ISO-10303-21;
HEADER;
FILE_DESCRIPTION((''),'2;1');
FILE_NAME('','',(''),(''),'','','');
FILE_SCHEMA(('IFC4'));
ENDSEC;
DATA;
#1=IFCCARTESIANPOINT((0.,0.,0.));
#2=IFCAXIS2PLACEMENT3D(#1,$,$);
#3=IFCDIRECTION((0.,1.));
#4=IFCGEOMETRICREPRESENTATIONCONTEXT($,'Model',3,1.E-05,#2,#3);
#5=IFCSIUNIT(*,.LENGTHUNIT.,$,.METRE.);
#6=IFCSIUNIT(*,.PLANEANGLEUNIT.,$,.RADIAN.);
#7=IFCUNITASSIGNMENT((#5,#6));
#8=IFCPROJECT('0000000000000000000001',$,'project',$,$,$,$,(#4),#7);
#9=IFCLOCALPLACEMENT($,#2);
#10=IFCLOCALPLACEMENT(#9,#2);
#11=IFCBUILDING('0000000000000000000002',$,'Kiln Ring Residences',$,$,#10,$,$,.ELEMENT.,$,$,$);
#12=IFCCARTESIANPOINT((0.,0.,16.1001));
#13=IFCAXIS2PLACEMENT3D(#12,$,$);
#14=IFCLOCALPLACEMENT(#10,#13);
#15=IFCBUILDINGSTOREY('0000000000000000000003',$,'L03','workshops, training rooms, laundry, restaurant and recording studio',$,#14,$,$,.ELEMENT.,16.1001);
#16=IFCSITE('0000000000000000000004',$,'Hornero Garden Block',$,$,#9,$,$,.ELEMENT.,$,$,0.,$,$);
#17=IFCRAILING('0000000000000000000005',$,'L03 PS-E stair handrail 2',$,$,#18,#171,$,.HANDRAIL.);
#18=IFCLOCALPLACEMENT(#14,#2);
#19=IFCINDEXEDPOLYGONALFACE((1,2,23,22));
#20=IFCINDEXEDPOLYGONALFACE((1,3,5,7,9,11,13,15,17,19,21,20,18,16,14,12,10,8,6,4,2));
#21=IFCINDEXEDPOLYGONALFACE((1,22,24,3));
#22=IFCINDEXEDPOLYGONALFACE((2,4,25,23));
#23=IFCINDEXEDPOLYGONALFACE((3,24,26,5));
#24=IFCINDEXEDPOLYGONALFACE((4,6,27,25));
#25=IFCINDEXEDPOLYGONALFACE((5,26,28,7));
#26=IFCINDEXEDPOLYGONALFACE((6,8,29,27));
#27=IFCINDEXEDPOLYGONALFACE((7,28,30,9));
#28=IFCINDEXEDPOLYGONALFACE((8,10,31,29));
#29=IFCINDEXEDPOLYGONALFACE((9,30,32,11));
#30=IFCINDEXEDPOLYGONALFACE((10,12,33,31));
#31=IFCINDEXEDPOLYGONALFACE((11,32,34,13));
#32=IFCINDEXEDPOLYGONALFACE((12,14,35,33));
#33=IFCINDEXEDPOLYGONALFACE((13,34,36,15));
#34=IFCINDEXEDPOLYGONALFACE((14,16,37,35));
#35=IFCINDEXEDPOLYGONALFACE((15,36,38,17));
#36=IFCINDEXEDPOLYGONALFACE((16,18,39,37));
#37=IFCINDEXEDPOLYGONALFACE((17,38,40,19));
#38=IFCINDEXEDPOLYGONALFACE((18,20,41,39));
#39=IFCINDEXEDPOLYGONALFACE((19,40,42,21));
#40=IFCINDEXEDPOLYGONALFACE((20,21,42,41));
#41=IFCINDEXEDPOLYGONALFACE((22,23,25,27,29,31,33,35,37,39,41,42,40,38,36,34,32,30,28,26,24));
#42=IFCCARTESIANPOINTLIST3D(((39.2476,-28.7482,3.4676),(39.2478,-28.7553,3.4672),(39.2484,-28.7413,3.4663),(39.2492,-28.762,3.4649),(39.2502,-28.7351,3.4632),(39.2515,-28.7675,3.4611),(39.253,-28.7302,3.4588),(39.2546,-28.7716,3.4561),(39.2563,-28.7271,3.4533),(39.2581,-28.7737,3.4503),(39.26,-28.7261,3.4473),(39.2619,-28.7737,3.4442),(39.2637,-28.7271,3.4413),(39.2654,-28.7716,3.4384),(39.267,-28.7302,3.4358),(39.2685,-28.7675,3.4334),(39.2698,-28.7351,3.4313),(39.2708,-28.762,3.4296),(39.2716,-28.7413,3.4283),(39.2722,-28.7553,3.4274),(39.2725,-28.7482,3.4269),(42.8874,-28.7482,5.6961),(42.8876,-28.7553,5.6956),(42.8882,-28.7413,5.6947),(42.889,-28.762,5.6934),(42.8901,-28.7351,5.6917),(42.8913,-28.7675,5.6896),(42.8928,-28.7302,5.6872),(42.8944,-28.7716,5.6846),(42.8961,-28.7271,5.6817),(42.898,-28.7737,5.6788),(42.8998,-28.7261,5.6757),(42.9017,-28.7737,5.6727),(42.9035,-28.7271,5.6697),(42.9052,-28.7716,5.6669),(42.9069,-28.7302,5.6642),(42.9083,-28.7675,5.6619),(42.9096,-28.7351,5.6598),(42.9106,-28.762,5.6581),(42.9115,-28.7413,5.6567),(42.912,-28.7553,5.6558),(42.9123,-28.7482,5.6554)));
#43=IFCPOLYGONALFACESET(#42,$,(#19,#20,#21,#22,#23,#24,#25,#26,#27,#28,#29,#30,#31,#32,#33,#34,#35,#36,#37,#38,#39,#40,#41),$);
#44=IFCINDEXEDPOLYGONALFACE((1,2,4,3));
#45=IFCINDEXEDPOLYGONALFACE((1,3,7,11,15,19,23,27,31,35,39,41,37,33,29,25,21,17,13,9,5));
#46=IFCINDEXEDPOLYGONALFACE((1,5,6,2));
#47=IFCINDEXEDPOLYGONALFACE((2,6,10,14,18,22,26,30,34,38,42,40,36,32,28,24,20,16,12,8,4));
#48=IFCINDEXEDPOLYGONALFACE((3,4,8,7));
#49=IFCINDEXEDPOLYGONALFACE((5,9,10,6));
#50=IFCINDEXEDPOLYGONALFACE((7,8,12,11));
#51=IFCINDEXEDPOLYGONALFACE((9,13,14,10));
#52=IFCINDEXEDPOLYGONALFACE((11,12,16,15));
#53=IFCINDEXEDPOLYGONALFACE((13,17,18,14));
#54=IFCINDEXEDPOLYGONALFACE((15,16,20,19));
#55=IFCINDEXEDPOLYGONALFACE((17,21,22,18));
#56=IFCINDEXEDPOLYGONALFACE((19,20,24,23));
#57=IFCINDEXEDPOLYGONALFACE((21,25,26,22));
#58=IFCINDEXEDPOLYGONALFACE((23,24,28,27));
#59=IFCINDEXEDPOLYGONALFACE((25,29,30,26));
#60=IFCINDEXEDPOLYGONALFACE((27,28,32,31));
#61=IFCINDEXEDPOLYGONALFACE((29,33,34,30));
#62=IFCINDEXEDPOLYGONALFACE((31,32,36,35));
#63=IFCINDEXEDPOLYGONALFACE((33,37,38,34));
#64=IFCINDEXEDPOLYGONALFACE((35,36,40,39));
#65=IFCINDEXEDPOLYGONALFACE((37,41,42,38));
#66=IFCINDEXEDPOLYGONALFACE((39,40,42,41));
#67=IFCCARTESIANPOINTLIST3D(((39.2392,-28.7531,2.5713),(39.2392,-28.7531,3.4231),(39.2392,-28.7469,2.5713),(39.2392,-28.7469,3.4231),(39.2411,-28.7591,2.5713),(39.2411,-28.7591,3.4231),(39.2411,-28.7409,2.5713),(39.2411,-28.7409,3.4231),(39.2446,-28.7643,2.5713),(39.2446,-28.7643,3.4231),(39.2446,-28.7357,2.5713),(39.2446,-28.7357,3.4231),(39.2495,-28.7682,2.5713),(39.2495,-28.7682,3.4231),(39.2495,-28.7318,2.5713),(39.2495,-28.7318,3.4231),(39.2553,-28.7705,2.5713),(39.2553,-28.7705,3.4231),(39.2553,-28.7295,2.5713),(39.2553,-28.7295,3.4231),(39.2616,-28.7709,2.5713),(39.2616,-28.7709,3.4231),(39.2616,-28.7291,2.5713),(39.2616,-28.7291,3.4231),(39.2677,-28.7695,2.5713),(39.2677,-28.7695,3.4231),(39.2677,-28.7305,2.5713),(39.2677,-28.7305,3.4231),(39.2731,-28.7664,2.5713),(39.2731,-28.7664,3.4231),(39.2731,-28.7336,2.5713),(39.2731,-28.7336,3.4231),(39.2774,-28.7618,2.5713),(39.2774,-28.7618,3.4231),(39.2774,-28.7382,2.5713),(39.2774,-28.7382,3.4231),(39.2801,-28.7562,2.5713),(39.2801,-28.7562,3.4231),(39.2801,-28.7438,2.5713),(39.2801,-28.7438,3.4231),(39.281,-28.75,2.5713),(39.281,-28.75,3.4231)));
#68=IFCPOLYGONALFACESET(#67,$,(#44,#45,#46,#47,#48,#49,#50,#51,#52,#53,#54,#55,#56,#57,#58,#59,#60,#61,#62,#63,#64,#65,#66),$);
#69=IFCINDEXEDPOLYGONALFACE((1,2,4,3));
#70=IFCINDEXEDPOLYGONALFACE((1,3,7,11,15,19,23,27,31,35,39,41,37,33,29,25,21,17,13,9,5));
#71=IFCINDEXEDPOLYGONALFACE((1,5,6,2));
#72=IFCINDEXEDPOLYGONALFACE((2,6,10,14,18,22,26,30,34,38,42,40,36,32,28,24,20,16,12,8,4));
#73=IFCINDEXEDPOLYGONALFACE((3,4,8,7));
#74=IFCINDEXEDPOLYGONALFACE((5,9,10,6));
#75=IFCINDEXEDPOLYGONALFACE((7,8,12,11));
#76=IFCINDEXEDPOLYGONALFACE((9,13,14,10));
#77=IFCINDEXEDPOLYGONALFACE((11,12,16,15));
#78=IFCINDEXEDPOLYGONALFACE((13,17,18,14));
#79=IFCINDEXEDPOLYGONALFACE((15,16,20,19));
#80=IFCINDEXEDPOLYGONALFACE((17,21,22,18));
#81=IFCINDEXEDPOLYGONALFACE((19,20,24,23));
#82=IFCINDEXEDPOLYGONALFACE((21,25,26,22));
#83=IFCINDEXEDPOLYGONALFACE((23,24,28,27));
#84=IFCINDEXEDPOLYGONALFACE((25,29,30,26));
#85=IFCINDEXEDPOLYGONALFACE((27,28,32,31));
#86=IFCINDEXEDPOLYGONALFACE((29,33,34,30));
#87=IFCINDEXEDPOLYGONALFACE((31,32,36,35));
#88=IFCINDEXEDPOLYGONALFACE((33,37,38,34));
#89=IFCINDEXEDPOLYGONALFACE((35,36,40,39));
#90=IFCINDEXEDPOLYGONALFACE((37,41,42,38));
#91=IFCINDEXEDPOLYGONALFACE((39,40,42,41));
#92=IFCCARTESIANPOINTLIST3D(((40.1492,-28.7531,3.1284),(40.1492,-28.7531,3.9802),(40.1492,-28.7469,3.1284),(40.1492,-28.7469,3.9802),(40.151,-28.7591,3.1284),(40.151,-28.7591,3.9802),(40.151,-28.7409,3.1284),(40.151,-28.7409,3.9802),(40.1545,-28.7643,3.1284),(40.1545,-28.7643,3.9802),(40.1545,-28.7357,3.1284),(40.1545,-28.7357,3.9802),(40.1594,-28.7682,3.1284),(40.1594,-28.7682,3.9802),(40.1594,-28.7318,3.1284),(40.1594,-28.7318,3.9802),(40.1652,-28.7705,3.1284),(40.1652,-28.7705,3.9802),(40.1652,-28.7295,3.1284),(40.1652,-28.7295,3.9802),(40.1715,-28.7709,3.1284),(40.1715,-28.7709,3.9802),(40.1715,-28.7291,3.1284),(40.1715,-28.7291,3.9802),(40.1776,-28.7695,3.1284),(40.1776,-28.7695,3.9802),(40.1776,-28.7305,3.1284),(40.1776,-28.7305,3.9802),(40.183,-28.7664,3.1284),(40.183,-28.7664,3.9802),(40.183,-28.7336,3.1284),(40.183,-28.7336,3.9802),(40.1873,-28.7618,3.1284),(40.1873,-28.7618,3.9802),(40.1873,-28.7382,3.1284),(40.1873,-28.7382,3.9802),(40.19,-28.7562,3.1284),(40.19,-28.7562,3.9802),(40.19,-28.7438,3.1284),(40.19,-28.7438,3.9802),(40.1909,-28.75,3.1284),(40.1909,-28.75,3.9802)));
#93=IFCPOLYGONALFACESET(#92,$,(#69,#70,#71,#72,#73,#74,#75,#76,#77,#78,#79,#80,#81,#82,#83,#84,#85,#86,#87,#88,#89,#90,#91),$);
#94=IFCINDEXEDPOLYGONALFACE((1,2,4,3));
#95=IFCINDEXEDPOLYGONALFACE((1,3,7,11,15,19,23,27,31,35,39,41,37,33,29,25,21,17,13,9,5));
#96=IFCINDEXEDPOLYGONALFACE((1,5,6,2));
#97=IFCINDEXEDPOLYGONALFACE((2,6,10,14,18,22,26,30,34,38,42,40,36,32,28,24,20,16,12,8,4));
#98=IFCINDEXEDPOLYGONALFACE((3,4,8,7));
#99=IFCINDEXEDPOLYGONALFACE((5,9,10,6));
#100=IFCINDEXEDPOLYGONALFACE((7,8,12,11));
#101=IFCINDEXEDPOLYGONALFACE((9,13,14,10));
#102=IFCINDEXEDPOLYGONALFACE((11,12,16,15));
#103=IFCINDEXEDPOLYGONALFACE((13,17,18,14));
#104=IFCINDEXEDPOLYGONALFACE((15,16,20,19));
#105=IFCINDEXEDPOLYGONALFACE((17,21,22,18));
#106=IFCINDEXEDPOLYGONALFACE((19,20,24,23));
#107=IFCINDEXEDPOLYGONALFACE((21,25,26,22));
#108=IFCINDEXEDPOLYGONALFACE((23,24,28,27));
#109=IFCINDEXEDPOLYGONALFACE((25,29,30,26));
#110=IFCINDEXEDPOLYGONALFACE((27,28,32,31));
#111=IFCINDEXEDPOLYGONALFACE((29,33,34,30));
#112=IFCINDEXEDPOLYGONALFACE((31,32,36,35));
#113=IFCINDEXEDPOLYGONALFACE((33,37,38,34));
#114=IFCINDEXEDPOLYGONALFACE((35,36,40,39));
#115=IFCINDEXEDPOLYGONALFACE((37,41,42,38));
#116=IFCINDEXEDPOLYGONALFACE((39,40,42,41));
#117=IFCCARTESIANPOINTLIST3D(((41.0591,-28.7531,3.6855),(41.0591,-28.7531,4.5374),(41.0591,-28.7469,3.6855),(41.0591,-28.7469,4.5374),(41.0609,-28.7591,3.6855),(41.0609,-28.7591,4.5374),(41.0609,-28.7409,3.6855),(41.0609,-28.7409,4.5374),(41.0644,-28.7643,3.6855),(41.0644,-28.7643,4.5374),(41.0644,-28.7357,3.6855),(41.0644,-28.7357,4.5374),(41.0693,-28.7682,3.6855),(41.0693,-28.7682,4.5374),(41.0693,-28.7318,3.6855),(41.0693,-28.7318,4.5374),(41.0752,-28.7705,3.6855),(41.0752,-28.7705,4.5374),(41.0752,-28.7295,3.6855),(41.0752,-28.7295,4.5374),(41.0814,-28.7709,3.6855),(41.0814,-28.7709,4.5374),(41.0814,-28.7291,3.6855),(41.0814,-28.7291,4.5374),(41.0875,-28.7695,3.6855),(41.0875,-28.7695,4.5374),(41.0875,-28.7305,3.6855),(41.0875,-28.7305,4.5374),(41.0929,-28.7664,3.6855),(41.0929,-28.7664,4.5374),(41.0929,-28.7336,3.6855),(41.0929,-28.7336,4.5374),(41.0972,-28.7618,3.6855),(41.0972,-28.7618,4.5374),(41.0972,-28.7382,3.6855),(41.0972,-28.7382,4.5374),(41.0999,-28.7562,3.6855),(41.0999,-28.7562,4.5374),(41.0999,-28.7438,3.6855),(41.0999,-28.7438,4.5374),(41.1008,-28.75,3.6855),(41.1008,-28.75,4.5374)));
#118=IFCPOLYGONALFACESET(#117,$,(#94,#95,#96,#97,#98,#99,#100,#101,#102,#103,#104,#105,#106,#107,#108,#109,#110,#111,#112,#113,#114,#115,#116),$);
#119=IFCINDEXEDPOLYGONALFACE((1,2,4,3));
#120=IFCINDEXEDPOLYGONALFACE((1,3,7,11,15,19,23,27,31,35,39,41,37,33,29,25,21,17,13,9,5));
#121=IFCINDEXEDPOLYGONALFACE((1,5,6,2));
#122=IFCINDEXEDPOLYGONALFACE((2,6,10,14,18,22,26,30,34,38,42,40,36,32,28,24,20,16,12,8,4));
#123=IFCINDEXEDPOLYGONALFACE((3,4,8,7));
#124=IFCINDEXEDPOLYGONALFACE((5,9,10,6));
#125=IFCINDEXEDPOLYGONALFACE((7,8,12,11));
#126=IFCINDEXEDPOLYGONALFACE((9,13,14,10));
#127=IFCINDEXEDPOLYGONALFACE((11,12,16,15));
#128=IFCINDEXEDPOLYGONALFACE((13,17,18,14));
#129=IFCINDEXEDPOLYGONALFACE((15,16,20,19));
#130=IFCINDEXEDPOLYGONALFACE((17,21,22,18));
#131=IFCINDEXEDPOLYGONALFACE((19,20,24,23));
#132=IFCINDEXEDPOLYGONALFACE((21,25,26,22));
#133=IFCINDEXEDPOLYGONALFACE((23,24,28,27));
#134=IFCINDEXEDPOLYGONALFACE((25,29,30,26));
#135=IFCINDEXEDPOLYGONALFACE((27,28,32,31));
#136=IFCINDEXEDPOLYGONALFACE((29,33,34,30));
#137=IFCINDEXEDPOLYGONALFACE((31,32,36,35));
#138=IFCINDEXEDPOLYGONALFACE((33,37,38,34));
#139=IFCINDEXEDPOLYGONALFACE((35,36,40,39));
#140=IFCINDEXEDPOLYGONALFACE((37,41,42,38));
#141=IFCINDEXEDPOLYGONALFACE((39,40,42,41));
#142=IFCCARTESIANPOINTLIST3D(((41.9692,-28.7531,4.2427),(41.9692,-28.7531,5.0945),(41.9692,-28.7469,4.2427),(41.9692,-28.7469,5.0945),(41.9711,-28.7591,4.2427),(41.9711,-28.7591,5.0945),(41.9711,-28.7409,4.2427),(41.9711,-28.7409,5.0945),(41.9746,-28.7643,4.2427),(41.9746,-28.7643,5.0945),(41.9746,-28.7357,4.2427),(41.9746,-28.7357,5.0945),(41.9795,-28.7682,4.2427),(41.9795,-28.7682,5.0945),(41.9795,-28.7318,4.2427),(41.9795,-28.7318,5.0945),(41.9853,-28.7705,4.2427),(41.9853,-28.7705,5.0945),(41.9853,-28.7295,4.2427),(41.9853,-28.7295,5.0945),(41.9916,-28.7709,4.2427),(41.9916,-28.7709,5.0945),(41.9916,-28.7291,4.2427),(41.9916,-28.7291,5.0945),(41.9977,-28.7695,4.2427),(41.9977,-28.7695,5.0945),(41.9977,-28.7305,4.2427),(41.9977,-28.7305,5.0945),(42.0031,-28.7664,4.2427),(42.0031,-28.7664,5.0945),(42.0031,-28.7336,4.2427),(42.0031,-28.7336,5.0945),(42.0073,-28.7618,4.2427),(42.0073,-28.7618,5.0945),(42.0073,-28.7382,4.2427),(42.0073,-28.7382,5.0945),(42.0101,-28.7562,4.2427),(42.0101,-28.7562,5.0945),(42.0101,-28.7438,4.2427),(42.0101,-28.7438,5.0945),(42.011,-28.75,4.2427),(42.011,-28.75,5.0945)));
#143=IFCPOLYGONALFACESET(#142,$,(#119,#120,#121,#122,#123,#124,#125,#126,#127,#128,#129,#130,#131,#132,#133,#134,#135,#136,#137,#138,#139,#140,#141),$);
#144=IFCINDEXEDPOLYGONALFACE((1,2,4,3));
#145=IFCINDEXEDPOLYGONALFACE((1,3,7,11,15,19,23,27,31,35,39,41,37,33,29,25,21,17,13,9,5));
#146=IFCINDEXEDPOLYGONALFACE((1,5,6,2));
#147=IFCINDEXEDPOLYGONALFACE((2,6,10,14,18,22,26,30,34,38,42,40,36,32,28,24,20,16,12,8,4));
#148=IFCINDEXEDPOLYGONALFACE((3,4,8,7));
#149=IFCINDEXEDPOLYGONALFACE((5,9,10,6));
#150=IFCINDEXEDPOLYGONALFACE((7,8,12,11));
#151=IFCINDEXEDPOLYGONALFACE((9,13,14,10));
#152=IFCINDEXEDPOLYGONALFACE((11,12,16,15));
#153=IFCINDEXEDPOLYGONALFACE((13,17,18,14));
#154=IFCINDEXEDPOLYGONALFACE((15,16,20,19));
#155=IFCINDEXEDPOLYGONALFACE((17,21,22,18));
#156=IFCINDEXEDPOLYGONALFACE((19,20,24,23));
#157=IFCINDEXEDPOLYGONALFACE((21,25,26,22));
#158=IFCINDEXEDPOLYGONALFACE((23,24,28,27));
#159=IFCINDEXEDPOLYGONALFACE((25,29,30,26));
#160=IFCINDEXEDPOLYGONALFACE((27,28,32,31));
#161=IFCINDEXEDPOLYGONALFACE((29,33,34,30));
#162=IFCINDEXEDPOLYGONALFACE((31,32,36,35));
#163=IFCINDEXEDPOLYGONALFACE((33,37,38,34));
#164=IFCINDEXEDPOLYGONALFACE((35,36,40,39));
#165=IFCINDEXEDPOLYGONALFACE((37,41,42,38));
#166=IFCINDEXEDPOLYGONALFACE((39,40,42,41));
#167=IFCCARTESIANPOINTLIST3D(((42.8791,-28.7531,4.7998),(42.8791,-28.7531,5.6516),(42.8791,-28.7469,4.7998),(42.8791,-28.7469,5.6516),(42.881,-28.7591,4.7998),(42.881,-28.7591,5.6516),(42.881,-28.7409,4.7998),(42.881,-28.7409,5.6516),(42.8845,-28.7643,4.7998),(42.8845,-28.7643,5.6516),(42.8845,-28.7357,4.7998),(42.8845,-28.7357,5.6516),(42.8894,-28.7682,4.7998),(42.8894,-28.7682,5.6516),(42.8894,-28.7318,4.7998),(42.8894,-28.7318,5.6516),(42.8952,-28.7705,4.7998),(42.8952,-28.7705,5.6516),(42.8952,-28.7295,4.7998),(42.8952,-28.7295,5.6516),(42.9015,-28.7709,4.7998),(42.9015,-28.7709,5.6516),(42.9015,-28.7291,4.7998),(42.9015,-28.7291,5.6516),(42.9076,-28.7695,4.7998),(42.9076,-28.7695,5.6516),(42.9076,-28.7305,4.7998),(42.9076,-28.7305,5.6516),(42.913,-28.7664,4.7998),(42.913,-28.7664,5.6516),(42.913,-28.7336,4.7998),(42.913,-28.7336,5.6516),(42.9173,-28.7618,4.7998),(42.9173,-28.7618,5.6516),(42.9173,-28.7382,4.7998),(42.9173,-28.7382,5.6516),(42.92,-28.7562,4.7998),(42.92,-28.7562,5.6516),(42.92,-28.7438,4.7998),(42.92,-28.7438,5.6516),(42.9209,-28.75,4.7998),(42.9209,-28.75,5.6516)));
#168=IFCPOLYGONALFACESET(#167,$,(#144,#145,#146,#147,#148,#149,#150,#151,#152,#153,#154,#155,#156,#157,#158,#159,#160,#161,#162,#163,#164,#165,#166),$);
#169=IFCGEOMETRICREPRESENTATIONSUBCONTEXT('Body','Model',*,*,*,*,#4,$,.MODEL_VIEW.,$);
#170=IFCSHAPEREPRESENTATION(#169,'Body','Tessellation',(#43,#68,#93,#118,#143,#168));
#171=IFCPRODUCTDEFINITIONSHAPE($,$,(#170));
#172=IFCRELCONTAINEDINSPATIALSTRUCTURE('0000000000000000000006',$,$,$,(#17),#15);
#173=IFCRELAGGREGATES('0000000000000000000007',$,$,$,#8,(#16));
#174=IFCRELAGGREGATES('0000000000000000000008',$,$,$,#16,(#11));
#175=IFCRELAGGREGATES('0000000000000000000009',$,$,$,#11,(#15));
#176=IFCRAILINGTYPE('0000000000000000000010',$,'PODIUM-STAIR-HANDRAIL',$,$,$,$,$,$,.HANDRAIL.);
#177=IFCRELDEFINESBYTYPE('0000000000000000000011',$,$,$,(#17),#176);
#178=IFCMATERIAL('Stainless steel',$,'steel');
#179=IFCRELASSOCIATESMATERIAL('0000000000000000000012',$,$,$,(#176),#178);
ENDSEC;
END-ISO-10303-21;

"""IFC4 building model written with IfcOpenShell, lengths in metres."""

from ifc_helpers import new_model, si_unit, direction, frame, origin, origin_2d, place, context, subcontext, project, spatial, circle, extrude, material, type_object, element, save


model = new_model("IFC4")

# Units and contexts
model_context = context("Model", 3, precision=1e-05, world=origin(), true_north=direction((0.0, 1.0)))
body_context = subcontext(model_context, "Body", "Model", "MODEL_VIEW")
ifc_project = project(units=[si_unit("LENGTHUNIT", "METRE"), si_unit("PLANEANGLEUNIT", "RADIAN")], contexts=[model_context])

# Site, building, storey
site_placement = place(None, origin())
site = spatial("IfcSite", under=ifc_project, at=site_placement, Name="Hornero Garden Block", CompositionType="ELEMENT", RefElevation=0.0)
building_placement = place(site_placement, origin())
building = spatial("IfcBuilding", under=site, at=building_placement, Name="Kiln Ring Residences", CompositionType="ELEMENT")
storey_placement = place(building_placement, frame((0.0, 0.0, 16.1001)))
storey = spatial("IfcBuildingStorey", under=building, at=storey_placement, Name="L03", Description="workshops, training rooms, laundry, restaurant and recording studio", CompositionType="ELEMENT", Elevation=16.1001)

# Railing
ifc_material_1 = material(Name="Stainless steel", Category="steel")
railing_type_1 = type_object("IfcRailingType", Name="PODIUM-STAIR-HANDRAIL", PredefinedType="HANDRAIL", material=ifc_material_1)
railing_1_placement = place(storey_placement, frame((39.26, -28.75, 2.5713)))
element("IfcRailing", 1, at=railing_1_placement, inside=storey, type_object=railing_type_1, Name="L03 PS-E stair handrail 2", PredefinedType="HANDRAIL", context=body_context, shape_type="SweptSolid", body=[
    extrude(circle(Radius=0.0239, at=origin_2d()), frame((0.0, 0.0, 0.876), z_axis=(0.85285, 0.0, 0.522156), x_axis=(0.0, 1.0, 0.0)), (0.0, 0.0, 1.0), 4.2678),
    extrude(circle(Radius=0.021, at=origin_2d()), origin(), (0.0, 0.0, 1.0), 0.8518),
    extrude(circle(Radius=0.021, at=origin_2d()), frame((0.9099, 0.0, 0.5571)), (0.0, 0.0, 1.0), 0.8518),
    extrude(circle(Radius=0.021, at=origin_2d()), frame((1.8198, 0.0, 1.1143)), (0.0, 0.0, 1.0), 0.8518),
    extrude(circle(Radius=0.021, at=origin_2d()), frame((2.73, 0.0, 1.6714)), (0.0, 0.0, 1.0), 0.8518),
    extrude(circle(Radius=0.021, at=origin_2d()), frame((3.6399, 0.0, 2.2285)), (0.0, 0.0, 1.0), 0.8518),
])

save(model, "model.ifc")
